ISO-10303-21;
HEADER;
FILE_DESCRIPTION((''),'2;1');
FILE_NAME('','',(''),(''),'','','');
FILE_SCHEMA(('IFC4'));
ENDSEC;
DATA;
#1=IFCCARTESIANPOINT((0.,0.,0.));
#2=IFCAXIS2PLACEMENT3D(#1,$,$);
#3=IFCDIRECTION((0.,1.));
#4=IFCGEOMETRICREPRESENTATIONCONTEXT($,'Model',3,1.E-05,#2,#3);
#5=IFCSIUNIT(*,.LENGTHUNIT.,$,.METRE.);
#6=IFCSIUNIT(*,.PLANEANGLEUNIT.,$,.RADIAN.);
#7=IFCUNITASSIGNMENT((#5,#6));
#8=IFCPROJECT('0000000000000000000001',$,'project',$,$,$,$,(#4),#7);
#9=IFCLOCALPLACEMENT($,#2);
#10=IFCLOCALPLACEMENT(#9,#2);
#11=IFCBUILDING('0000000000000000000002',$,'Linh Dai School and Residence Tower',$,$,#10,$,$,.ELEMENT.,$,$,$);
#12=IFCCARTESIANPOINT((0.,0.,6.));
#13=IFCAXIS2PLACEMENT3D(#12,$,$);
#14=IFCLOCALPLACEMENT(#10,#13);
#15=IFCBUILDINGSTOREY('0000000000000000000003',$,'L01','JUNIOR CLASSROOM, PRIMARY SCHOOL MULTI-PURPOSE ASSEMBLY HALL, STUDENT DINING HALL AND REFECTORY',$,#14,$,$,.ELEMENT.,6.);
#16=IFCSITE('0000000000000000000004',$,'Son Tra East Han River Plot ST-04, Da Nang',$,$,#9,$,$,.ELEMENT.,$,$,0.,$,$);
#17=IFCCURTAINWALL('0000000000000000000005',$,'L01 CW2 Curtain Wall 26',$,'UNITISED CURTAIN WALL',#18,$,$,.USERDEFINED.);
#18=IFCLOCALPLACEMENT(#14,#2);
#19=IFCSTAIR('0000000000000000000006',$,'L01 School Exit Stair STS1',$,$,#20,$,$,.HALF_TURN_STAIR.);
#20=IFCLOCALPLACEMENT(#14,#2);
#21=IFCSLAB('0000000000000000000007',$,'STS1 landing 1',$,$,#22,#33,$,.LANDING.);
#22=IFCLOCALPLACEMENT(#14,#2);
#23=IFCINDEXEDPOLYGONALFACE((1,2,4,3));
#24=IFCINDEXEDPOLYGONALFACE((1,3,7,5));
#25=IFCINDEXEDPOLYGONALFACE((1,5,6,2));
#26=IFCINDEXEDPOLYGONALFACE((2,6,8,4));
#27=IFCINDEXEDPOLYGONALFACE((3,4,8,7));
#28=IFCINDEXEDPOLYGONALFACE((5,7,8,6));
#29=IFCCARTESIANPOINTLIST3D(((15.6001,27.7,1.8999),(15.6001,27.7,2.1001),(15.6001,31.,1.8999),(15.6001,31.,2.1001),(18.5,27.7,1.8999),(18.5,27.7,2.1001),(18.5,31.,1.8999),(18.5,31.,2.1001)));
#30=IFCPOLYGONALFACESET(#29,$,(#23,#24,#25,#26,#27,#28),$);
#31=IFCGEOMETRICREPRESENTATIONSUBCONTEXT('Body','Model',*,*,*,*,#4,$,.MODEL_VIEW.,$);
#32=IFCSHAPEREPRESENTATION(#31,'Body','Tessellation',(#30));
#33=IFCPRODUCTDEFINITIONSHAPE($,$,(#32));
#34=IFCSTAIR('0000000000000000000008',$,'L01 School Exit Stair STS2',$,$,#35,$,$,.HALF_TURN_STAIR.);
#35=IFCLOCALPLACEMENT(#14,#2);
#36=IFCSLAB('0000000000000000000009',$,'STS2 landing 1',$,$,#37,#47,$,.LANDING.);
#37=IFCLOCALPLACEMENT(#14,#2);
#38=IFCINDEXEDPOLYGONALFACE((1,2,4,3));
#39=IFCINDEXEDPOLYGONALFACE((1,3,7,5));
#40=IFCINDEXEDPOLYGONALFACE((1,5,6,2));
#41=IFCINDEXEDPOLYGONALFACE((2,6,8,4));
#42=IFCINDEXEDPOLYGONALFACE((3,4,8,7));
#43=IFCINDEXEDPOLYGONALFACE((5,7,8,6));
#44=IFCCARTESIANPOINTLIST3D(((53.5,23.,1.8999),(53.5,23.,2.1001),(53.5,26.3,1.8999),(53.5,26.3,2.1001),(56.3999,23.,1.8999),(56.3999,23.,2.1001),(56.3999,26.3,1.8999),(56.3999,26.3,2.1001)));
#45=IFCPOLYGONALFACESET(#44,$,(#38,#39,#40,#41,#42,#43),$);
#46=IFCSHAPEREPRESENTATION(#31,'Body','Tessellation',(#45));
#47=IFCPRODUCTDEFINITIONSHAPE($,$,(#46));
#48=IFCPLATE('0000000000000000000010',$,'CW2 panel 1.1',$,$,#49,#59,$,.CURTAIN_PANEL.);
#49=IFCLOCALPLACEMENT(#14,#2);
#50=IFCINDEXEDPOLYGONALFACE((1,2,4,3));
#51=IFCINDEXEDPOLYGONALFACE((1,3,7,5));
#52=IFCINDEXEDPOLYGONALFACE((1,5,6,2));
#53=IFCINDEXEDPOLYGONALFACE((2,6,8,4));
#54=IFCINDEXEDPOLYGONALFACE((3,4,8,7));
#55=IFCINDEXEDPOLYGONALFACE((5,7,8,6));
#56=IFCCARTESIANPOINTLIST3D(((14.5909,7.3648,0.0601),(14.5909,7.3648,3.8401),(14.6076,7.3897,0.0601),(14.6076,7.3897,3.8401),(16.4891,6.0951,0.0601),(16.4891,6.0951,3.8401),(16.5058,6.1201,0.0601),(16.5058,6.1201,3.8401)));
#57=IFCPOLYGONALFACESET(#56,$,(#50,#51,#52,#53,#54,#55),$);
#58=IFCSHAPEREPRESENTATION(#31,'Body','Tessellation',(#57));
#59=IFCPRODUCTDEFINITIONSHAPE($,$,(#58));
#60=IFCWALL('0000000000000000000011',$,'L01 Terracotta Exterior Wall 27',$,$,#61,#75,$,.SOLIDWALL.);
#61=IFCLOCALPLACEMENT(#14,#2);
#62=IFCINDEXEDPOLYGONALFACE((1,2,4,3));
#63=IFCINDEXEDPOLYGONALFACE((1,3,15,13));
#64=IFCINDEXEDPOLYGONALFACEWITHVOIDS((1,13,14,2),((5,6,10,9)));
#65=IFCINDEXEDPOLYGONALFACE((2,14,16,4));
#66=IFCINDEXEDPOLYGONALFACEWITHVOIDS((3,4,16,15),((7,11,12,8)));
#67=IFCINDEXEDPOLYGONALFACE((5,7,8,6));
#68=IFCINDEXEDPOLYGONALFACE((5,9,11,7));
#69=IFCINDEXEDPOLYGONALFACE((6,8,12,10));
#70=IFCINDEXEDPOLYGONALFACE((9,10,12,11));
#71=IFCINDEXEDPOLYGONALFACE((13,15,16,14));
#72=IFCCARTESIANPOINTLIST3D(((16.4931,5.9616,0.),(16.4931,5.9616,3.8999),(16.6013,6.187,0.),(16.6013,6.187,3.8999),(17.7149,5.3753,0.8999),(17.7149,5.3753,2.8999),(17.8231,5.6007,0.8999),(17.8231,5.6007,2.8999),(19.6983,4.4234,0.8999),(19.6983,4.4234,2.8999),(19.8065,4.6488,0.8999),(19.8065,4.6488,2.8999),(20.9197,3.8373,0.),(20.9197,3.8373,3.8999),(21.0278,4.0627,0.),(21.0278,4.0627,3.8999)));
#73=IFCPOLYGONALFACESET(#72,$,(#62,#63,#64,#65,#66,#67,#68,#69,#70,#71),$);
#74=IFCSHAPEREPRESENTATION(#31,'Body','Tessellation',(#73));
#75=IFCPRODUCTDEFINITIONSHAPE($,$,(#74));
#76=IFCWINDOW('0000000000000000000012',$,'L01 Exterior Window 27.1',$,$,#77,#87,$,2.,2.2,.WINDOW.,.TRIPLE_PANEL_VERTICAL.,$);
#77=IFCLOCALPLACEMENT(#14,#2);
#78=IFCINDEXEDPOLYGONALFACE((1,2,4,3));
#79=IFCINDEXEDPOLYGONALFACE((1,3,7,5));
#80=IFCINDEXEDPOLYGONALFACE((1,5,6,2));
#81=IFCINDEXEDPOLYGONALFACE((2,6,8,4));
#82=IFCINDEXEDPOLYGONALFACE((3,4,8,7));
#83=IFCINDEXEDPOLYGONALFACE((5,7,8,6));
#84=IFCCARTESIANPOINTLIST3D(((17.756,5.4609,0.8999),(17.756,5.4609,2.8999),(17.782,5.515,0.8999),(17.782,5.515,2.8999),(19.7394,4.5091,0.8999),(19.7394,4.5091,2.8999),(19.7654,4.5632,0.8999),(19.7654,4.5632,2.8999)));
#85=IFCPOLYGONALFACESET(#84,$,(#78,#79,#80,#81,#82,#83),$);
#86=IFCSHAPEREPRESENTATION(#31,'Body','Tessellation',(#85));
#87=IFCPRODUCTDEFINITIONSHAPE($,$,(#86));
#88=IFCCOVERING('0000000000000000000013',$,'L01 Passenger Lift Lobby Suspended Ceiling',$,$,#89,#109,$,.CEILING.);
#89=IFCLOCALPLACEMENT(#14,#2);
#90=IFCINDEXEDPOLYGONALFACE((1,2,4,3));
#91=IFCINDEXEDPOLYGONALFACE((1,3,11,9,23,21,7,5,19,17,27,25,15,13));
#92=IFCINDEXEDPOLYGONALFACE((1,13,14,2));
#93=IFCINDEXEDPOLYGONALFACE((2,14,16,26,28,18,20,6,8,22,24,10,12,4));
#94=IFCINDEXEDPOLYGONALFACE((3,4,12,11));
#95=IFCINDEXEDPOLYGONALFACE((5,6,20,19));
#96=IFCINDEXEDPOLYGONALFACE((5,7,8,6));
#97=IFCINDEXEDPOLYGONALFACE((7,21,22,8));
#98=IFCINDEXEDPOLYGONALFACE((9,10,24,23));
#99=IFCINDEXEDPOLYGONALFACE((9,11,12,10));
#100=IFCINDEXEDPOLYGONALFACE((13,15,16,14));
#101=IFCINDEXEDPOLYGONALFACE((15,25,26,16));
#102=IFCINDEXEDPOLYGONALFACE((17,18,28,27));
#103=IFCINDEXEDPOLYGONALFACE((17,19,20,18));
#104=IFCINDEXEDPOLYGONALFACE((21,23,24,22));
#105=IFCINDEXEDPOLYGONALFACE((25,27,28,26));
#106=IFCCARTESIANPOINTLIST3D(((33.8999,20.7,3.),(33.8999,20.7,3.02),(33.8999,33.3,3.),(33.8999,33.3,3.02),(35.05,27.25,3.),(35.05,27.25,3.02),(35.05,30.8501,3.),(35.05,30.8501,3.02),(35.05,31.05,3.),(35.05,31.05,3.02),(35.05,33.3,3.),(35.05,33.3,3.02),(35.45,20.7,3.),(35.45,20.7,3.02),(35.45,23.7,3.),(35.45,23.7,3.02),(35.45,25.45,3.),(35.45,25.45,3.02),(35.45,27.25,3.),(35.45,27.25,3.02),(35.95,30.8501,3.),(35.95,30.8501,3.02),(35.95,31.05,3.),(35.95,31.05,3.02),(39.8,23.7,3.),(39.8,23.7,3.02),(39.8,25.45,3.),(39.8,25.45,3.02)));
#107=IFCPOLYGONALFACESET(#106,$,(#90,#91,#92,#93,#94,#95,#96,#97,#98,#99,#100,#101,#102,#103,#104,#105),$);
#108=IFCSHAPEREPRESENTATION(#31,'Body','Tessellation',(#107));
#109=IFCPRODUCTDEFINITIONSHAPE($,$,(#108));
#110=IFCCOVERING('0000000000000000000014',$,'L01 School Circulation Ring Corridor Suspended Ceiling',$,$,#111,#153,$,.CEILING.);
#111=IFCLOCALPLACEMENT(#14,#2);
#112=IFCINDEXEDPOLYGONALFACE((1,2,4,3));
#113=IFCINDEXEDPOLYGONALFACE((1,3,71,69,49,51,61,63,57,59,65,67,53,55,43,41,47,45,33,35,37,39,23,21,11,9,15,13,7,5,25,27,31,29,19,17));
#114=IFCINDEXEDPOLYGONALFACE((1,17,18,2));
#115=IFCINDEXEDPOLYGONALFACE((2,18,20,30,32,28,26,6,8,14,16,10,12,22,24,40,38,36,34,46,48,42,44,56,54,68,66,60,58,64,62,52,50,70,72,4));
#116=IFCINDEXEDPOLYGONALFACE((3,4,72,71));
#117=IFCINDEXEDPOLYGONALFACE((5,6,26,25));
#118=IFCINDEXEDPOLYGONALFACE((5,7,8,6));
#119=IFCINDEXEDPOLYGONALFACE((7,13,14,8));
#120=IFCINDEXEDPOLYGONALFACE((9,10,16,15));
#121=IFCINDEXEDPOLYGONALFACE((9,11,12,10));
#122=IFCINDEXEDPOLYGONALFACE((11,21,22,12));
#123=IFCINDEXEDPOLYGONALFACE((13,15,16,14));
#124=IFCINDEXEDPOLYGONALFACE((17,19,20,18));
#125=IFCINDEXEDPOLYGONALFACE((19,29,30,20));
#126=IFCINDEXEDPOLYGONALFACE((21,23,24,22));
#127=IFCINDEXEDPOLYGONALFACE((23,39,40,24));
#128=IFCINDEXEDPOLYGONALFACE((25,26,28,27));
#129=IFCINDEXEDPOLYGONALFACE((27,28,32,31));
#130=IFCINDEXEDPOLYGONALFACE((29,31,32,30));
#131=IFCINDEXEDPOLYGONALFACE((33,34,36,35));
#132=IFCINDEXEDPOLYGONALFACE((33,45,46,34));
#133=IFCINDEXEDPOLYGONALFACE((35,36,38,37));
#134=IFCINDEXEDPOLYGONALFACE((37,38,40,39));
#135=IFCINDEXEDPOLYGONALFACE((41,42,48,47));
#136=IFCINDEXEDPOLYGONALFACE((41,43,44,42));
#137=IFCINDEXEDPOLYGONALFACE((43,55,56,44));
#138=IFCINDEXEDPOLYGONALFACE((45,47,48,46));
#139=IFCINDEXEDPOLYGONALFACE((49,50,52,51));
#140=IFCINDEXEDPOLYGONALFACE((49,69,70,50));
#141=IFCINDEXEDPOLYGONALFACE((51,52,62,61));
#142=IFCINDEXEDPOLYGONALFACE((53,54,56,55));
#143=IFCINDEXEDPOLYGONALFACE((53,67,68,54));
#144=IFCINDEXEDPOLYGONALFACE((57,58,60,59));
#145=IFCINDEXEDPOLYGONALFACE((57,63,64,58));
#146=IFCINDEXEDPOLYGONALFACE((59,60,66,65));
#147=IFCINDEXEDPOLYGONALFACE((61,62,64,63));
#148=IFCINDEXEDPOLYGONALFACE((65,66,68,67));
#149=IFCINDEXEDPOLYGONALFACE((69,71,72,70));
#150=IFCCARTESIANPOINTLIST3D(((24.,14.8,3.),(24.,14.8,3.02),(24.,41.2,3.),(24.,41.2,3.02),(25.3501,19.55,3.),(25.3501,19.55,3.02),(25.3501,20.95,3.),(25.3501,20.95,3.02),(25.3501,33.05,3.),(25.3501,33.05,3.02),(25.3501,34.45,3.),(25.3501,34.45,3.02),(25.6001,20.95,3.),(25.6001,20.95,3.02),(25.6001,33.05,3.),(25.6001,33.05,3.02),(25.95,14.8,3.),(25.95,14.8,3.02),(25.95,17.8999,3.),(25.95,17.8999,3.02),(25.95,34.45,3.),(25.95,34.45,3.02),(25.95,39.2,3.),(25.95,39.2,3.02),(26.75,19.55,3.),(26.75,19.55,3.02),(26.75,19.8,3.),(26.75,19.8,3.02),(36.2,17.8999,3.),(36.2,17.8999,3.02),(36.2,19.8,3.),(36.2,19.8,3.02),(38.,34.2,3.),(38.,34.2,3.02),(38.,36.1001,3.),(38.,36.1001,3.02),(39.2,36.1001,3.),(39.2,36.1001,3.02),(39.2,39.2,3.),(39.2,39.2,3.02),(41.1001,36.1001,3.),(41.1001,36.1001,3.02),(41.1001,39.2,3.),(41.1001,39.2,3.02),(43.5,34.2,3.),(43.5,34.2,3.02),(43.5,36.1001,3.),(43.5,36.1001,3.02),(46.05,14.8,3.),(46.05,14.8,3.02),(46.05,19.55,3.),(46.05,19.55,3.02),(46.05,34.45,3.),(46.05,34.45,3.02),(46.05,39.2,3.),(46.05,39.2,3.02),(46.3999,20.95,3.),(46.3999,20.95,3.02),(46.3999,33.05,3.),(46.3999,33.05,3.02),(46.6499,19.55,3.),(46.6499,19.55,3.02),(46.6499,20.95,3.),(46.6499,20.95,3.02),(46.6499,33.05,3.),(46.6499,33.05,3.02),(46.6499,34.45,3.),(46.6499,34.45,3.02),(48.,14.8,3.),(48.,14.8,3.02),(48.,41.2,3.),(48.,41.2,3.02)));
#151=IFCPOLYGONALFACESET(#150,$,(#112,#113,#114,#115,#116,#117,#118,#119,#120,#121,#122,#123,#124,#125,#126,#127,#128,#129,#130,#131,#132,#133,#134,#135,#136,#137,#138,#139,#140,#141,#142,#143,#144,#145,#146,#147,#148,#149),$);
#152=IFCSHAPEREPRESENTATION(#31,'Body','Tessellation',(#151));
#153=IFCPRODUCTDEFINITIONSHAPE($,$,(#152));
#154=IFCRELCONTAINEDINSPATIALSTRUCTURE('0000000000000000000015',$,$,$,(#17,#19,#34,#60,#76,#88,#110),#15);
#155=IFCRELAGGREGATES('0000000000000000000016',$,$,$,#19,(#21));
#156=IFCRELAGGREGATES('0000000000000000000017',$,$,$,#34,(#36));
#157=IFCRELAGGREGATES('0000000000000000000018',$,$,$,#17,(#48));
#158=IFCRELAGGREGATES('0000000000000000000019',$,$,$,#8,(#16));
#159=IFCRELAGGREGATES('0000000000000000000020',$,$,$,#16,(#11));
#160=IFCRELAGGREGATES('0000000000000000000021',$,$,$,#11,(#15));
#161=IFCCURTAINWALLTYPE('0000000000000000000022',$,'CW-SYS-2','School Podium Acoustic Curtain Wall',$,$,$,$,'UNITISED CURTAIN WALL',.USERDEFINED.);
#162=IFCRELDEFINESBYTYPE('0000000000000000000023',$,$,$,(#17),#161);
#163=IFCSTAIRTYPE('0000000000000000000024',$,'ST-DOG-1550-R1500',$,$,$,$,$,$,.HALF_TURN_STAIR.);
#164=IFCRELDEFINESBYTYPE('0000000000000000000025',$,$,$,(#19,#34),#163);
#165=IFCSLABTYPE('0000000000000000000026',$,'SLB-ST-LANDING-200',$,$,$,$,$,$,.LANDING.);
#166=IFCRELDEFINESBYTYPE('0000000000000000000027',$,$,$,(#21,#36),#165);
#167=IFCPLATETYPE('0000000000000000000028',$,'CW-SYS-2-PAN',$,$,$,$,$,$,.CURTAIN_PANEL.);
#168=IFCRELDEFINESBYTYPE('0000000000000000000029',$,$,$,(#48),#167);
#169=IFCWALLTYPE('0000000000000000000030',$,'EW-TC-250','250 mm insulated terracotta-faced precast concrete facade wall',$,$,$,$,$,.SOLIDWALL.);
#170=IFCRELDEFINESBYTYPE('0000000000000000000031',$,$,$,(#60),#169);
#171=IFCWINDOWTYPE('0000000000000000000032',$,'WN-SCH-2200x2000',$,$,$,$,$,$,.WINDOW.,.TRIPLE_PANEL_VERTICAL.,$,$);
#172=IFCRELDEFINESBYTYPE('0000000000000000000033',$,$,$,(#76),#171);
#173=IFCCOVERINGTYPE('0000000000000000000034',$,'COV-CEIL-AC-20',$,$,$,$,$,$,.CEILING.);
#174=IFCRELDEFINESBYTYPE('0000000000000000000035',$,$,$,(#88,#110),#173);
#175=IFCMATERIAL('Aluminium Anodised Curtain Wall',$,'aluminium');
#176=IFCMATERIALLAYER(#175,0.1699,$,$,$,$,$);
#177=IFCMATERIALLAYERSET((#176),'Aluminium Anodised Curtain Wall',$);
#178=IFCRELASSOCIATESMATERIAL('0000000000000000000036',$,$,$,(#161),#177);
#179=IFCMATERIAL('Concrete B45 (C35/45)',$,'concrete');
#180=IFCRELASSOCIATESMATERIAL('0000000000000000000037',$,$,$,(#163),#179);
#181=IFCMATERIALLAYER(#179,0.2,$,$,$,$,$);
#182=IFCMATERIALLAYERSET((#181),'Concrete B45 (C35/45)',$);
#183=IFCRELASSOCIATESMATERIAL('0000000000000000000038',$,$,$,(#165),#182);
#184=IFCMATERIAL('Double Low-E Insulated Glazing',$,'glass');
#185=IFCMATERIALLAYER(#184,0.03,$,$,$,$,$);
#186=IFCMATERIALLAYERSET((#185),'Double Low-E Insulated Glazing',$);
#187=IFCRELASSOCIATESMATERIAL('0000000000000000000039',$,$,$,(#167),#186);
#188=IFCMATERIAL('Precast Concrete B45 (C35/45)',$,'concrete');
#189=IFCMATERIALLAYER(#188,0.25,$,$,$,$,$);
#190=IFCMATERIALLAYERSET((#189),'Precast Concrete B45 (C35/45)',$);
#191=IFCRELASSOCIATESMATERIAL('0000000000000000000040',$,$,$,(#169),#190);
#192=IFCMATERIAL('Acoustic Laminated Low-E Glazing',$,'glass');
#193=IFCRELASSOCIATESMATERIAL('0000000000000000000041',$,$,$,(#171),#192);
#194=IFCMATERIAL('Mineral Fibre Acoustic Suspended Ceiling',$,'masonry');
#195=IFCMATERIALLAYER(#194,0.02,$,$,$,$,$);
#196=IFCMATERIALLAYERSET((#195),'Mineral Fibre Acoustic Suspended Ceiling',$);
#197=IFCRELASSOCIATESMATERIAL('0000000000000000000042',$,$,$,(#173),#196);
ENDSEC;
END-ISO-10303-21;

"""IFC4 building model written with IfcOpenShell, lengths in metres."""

from ifc_helpers import new_model, si_unit, direction, frame, frame_2d, origin, origin_2d, place, context, subcontext, project, spatial, polyline, rectangle, outline, extrude, source, transform, mapped, material, layer, layer_set, type_object, element, fill, aggregate, save


model = new_model("IFC4")

# Units and contexts
model_context = context("Model", 3, precision=1e-05, world=origin(), true_north=direction((0.0, 1.0)))
body_context = subcontext(model_context, "Body", "Model", "MODEL_VIEW")
ifc_project = project(units=[si_unit("LENGTHUNIT", "METRE"), si_unit("PLANEANGLEUNIT", "RADIAN")], contexts=[model_context])

# Site, building, storey
site_placement = place(None, origin())
site = spatial("IfcSite", under=ifc_project, at=site_placement, Name="Son Tra East Han River Plot ST-04, Da Nang", CompositionType="ELEMENT", RefElevation=0.0)
building_placement = place(site_placement, origin())
building = spatial("IfcBuilding", under=site, at=building_placement, Name="Linh Dai School and Residence Tower", CompositionType="ELEMENT")
storey_placement = place(building_placement, frame((0.0, 0.0, 6.0)))
storey = spatial("IfcBuildingStorey", under=building, at=storey_placement, Name="L01", Description="JUNIOR CLASSROOM, PRIMARY SCHOOL MULTI-PURPOSE ASSEMBLY HALL, STUDENT DINING HALL AND REFECTORY", CompositionType="ELEMENT", Elevation=6.0)

# Curtain wall
ifc_material_1 = material(Name="Aluminium Anodised Curtain Wall", Category="aluminium")
ifc_layer_1 = layer(ifc_material_1, 0.1699)
ifc_layer_set_1 = layer_set([ifc_layer_1], Name="Aluminium Anodised Curtain Wall")
curtain_wall_type = type_object("IfcCurtainWallType", Name="CW-SYS-2", Description="School Podium Acoustic Curtain Wall", ElementType="UNITISED CURTAIN WALL", PredefinedType="USERDEFINED", material=ifc_layer_set_1)
curtain_wall_placement = place(storey_placement, origin())
curtain_wall = element("IfcCurtainWall", 1, at=curtain_wall_placement, inside=storey, type_object=curtain_wall_type, Name="L01 CW2 Curtain Wall 26", ObjectType="UNITISED CURTAIN WALL", PredefinedType="USERDEFINED")

# Shared definitions
ifc_material_2 = material(Name="Concrete B45 (C35/45)", Category="concrete")

# Stairs, slabs
stair_type = type_object("IfcStairType", Name="ST-DOG-1550-R1500", PredefinedType="HALF_TURN_STAIR", material=ifc_material_2)
ifc_layer_2 = layer(ifc_material_2, 0.2)
ifc_layer_set_2 = layer_set([ifc_layer_2], Name="Concrete B45 (C35/45)")
slab_type_1 = type_object("IfcSlabType", Name="SLB-ST-LANDING-200", PredefinedType="LANDING", material=ifc_layer_set_2)
stair_1_placement = place(storey_placement, origin())
stair_1 = element("IfcStair", 2, at=stair_1_placement, inside=storey, type_object=stair_type, Name="L01 School Exit Stair STS1", PredefinedType="HALF_TURN_STAIR")
slab_1_placement = place(storey_placement, frame((0.0, 0.0, 1.8999)))
slab_1 = element("IfcSlab", 3, at=slab_1_placement, type_object=slab_type_1, Name="STS1 landing 1", PredefinedType="LANDING", context=body_context, shape_type="SweptSolid", body=[
    extrude(outline(polyline([(18.5, 31.0), (15.6001, 31.0), (15.6001, 27.7), (18.5, 27.7), (18.5, 31.0)])), origin(), (0.0, 0.0, 1.0), 0.2002),
])
aggregate(stair_1, [slab_1])
stair_2_placement = place(storey_placement, origin())
stair_2 = element("IfcStair", 4, at=stair_2_placement, inside=storey, type_object=stair_type, Name="L01 School Exit Stair STS2", PredefinedType="HALF_TURN_STAIR")
slab_2_placement = place(storey_placement, frame((0.0, 0.0, 1.8999)))
slab_2 = element("IfcSlab", 5, at=slab_2_placement, type_object=slab_type_1, Name="STS2 landing 1", PredefinedType="LANDING", context=body_context, shape_type="SweptSolid", body=[
    extrude(outline(polyline([(53.5, 23.0), (56.3999, 23.0), (56.3999, 26.3), (53.5, 26.3), (53.5, 23.0)])), origin(), (0.0, 0.0, 1.0), 0.2002),
])
aggregate(stair_2, [slab_2])

# Plate
ifc_material_3 = material(Name="Double Low-E Insulated Glazing", Category="glass")
ifc_layer_3 = layer(ifc_material_3, 0.03)
ifc_layer_set_3 = layer_set([ifc_layer_3], Name="Double Low-E Insulated Glazing")
plate_type = type_object("IfcPlateType", Name="CW-SYS-2-PAN", PredefinedType="CURTAIN_PANEL", material=ifc_layer_set_3)
shared_shape_1 = source(origin(), body_context, "Body", "SweptSolid", [
    extrude(rectangle(XDim=2.2837, YDim=0.03, at=origin_2d()), origin(), (0.0, 0.0, 1.0), 3.78),
])
plate_placement = place(storey_placement, frame((15.5483, 6.7424, 0.0601), z_axis=(0.0, 0.0, 1.0), x_axis=(-0.831211, 0.555957, 0.0)))
plate = element("IfcPlate", 6, at=plate_placement, type_object=plate_type, Name="CW2 panel 1.1", PredefinedType="CURTAIN_PANEL", context=body_context, shape_type="MappedRepresentation", body=[
    mapped(shared_shape_1, transform((0.0, 0.0, 0.0), x_axis=(1.0, 0.0, 0.0), y_axis=(0.0, 1.0, 0.0), z_axis=(0.0, 0.0, 1.0), scale=1.0)),
])
aggregate(curtain_wall, [plate])

# Wall, opening, window
ifc_material_4 = material(Name="Precast Concrete B45 (C35/45)", Category="concrete")
ifc_layer_4 = layer(ifc_material_4, 0.25)
ifc_layer_set_4 = layer_set([ifc_layer_4], Name="Precast Concrete B45 (C35/45)")
wall_type = type_object("IfcWallType", Name="EW-TC-250", Description="250 mm insulated terracotta-faced precast concrete facade wall", PredefinedType="SOLIDWALL", material=ifc_layer_set_4)
wall_placement = place(storey_placement, frame((20.9739, 3.95, 0.0), z_axis=(0.0, 0.0, 1.0), x_axis=(-0.90156, 0.432655, 0.0)))
wall = element("IfcWall", 7, at=wall_placement, inside=storey, type_object=wall_type, Name="L01 Terracotta Exterior Wall 27", PredefinedType="SOLIDWALL", context=body_context, shape_type="SweptSolid", body=[
    extrude(rectangle(XDim=4.9099, YDim=0.25, at=frame_2d((2.4551, 0.0))), origin(), (0.0, 0.0, 1.0), 3.8999),
])
opening_placement = place(wall_placement, frame((1.3547, 0.0, 0.8999)))
opening = element("IfcOpeningElement", 8, at=opening_placement, cuts=wall, PredefinedType="OPENING", context=body_context, shape_type="SweptSolid", body=[
    extrude(rectangle(XDim=2.2, YDim=2.0, at=origin_2d()), frame((1.1001, 0.135, 1.0), z_axis=(0.0, -1.0, 0.0), x_axis=(1.0, 0.0, 0.0)), (0.0, 0.0, 1.0), 0.27),
])
ifc_material_5 = material(Name="Acoustic Laminated Low-E Glazing", Category="glass")
window_type = type_object("IfcWindowType", Name="WN-SCH-2200x2000", PartitioningType="TRIPLE_PANEL_VERTICAL", PredefinedType="WINDOW", material=ifc_material_5)
shared_shape_2 = source(origin(), body_context, "Body", "SweptSolid", [
    extrude(rectangle(XDim=2.2, YDim=2.0, at=origin_2d()), frame((1.1001, 0.03, 1.0), z_axis=(0.0, -1.0, 0.0), x_axis=(1.0, 0.0, 0.0)), (0.0, 0.0, 1.0), 0.0601),
])
window_placement = place(opening_placement, origin())
window = element("IfcWindow", 9, at=window_placement, inside=storey, type_object=window_type, Name="L01 Exterior Window 27.1", OverallHeight=2.0, OverallWidth=2.2, PartitioningType="TRIPLE_PANEL_VERTICAL", PredefinedType="WINDOW", context=body_context, shape_type="MappedRepresentation", body=[
    mapped(shared_shape_2, transform((0.0, 0.0, 0.0), x_axis=(1.0, 0.0, 0.0), y_axis=(0.0, 1.0, 0.0), z_axis=(0.0, 0.0, 1.0), scale=1.0)),
])
fill(opening, window)

# Coverings
ifc_material_6 = material(Name="Mineral Fibre Acoustic Suspended Ceiling", Category="masonry")
ifc_layer_5 = layer(ifc_material_6, 0.02)
ifc_layer_set_5 = layer_set([ifc_layer_5], Name="Mineral Fibre Acoustic Suspended Ceiling")
covering_type_1 = type_object("IfcCoveringType", Name="COV-CEIL-AC-20", PredefinedType="CEILING", material=ifc_layer_set_5)
covering_1_placement = place(storey_placement, frame((0.0, 0.0, 3.0)))
element("IfcCovering", 10, at=covering_1_placement, inside=storey, type_object=covering_type_1, Name="L01 Passenger Lift Lobby Suspended Ceiling", PredefinedType="CEILING", context=body_context, shape_type="SweptSolid", body=[
    extrude(outline(polyline([(35.05, 33.3), (35.05, 31.05), (35.95, 31.05), (35.95, 30.8501), (35.05, 30.8501), (35.05, 27.25), (35.45, 27.25), (35.45, 25.45), (39.8, 25.45), (39.8, 23.7), (35.45, 23.7), (35.45, 20.7), (33.8999, 20.7), (33.8999, 33.3), (35.05, 33.3)])), origin(), (0.0, 0.0, 1.0), 0.02),
])
covering_2_placement = place(storey_placement, frame((0.0, 0.0, 3.0)))
element("IfcCovering", 11, at=covering_2_placement, inside=storey, type_object=covering_type_1, Name="L01 School Circulation Ring Corridor Suspended Ceiling", PredefinedType="CEILING", context=body_context, shape_type="SweptSolid", body=[
    extrude(outline(polyline([(24.0, 41.2), (48.0, 41.2), (48.0, 14.8), (46.05, 14.8), (46.05, 19.55), (46.6499, 19.55), (46.6499, 20.95), (46.3999, 20.95), (46.3999, 33.05), (46.6499, 33.05), (46.6499, 34.45), (46.05, 34.45), (46.05, 39.2), (41.1001, 39.2), (41.1001, 36.1001), (43.5, 36.1001), (43.5, 34.2), (38.0, 34.2), (38.0, 36.1001), (39.2, 36.1001), (39.2, 39.2), (25.95, 39.2), (25.95, 34.45), (25.3501, 34.45), (25.3501, 33.05), (25.6001, 33.05), (25.6001, 20.95), (25.3501, 20.95), (25.3501, 19.55), (26.75, 19.55), (26.75, 19.8), (36.2, 19.8), (36.2, 17.8999), (25.95, 17.8999), (25.95, 14.8), (24.0, 14.8), (24.0, 41.2)])), origin(), (0.0, 0.0, 1.0), 0.02),
])

save(model, "model.ifc")
